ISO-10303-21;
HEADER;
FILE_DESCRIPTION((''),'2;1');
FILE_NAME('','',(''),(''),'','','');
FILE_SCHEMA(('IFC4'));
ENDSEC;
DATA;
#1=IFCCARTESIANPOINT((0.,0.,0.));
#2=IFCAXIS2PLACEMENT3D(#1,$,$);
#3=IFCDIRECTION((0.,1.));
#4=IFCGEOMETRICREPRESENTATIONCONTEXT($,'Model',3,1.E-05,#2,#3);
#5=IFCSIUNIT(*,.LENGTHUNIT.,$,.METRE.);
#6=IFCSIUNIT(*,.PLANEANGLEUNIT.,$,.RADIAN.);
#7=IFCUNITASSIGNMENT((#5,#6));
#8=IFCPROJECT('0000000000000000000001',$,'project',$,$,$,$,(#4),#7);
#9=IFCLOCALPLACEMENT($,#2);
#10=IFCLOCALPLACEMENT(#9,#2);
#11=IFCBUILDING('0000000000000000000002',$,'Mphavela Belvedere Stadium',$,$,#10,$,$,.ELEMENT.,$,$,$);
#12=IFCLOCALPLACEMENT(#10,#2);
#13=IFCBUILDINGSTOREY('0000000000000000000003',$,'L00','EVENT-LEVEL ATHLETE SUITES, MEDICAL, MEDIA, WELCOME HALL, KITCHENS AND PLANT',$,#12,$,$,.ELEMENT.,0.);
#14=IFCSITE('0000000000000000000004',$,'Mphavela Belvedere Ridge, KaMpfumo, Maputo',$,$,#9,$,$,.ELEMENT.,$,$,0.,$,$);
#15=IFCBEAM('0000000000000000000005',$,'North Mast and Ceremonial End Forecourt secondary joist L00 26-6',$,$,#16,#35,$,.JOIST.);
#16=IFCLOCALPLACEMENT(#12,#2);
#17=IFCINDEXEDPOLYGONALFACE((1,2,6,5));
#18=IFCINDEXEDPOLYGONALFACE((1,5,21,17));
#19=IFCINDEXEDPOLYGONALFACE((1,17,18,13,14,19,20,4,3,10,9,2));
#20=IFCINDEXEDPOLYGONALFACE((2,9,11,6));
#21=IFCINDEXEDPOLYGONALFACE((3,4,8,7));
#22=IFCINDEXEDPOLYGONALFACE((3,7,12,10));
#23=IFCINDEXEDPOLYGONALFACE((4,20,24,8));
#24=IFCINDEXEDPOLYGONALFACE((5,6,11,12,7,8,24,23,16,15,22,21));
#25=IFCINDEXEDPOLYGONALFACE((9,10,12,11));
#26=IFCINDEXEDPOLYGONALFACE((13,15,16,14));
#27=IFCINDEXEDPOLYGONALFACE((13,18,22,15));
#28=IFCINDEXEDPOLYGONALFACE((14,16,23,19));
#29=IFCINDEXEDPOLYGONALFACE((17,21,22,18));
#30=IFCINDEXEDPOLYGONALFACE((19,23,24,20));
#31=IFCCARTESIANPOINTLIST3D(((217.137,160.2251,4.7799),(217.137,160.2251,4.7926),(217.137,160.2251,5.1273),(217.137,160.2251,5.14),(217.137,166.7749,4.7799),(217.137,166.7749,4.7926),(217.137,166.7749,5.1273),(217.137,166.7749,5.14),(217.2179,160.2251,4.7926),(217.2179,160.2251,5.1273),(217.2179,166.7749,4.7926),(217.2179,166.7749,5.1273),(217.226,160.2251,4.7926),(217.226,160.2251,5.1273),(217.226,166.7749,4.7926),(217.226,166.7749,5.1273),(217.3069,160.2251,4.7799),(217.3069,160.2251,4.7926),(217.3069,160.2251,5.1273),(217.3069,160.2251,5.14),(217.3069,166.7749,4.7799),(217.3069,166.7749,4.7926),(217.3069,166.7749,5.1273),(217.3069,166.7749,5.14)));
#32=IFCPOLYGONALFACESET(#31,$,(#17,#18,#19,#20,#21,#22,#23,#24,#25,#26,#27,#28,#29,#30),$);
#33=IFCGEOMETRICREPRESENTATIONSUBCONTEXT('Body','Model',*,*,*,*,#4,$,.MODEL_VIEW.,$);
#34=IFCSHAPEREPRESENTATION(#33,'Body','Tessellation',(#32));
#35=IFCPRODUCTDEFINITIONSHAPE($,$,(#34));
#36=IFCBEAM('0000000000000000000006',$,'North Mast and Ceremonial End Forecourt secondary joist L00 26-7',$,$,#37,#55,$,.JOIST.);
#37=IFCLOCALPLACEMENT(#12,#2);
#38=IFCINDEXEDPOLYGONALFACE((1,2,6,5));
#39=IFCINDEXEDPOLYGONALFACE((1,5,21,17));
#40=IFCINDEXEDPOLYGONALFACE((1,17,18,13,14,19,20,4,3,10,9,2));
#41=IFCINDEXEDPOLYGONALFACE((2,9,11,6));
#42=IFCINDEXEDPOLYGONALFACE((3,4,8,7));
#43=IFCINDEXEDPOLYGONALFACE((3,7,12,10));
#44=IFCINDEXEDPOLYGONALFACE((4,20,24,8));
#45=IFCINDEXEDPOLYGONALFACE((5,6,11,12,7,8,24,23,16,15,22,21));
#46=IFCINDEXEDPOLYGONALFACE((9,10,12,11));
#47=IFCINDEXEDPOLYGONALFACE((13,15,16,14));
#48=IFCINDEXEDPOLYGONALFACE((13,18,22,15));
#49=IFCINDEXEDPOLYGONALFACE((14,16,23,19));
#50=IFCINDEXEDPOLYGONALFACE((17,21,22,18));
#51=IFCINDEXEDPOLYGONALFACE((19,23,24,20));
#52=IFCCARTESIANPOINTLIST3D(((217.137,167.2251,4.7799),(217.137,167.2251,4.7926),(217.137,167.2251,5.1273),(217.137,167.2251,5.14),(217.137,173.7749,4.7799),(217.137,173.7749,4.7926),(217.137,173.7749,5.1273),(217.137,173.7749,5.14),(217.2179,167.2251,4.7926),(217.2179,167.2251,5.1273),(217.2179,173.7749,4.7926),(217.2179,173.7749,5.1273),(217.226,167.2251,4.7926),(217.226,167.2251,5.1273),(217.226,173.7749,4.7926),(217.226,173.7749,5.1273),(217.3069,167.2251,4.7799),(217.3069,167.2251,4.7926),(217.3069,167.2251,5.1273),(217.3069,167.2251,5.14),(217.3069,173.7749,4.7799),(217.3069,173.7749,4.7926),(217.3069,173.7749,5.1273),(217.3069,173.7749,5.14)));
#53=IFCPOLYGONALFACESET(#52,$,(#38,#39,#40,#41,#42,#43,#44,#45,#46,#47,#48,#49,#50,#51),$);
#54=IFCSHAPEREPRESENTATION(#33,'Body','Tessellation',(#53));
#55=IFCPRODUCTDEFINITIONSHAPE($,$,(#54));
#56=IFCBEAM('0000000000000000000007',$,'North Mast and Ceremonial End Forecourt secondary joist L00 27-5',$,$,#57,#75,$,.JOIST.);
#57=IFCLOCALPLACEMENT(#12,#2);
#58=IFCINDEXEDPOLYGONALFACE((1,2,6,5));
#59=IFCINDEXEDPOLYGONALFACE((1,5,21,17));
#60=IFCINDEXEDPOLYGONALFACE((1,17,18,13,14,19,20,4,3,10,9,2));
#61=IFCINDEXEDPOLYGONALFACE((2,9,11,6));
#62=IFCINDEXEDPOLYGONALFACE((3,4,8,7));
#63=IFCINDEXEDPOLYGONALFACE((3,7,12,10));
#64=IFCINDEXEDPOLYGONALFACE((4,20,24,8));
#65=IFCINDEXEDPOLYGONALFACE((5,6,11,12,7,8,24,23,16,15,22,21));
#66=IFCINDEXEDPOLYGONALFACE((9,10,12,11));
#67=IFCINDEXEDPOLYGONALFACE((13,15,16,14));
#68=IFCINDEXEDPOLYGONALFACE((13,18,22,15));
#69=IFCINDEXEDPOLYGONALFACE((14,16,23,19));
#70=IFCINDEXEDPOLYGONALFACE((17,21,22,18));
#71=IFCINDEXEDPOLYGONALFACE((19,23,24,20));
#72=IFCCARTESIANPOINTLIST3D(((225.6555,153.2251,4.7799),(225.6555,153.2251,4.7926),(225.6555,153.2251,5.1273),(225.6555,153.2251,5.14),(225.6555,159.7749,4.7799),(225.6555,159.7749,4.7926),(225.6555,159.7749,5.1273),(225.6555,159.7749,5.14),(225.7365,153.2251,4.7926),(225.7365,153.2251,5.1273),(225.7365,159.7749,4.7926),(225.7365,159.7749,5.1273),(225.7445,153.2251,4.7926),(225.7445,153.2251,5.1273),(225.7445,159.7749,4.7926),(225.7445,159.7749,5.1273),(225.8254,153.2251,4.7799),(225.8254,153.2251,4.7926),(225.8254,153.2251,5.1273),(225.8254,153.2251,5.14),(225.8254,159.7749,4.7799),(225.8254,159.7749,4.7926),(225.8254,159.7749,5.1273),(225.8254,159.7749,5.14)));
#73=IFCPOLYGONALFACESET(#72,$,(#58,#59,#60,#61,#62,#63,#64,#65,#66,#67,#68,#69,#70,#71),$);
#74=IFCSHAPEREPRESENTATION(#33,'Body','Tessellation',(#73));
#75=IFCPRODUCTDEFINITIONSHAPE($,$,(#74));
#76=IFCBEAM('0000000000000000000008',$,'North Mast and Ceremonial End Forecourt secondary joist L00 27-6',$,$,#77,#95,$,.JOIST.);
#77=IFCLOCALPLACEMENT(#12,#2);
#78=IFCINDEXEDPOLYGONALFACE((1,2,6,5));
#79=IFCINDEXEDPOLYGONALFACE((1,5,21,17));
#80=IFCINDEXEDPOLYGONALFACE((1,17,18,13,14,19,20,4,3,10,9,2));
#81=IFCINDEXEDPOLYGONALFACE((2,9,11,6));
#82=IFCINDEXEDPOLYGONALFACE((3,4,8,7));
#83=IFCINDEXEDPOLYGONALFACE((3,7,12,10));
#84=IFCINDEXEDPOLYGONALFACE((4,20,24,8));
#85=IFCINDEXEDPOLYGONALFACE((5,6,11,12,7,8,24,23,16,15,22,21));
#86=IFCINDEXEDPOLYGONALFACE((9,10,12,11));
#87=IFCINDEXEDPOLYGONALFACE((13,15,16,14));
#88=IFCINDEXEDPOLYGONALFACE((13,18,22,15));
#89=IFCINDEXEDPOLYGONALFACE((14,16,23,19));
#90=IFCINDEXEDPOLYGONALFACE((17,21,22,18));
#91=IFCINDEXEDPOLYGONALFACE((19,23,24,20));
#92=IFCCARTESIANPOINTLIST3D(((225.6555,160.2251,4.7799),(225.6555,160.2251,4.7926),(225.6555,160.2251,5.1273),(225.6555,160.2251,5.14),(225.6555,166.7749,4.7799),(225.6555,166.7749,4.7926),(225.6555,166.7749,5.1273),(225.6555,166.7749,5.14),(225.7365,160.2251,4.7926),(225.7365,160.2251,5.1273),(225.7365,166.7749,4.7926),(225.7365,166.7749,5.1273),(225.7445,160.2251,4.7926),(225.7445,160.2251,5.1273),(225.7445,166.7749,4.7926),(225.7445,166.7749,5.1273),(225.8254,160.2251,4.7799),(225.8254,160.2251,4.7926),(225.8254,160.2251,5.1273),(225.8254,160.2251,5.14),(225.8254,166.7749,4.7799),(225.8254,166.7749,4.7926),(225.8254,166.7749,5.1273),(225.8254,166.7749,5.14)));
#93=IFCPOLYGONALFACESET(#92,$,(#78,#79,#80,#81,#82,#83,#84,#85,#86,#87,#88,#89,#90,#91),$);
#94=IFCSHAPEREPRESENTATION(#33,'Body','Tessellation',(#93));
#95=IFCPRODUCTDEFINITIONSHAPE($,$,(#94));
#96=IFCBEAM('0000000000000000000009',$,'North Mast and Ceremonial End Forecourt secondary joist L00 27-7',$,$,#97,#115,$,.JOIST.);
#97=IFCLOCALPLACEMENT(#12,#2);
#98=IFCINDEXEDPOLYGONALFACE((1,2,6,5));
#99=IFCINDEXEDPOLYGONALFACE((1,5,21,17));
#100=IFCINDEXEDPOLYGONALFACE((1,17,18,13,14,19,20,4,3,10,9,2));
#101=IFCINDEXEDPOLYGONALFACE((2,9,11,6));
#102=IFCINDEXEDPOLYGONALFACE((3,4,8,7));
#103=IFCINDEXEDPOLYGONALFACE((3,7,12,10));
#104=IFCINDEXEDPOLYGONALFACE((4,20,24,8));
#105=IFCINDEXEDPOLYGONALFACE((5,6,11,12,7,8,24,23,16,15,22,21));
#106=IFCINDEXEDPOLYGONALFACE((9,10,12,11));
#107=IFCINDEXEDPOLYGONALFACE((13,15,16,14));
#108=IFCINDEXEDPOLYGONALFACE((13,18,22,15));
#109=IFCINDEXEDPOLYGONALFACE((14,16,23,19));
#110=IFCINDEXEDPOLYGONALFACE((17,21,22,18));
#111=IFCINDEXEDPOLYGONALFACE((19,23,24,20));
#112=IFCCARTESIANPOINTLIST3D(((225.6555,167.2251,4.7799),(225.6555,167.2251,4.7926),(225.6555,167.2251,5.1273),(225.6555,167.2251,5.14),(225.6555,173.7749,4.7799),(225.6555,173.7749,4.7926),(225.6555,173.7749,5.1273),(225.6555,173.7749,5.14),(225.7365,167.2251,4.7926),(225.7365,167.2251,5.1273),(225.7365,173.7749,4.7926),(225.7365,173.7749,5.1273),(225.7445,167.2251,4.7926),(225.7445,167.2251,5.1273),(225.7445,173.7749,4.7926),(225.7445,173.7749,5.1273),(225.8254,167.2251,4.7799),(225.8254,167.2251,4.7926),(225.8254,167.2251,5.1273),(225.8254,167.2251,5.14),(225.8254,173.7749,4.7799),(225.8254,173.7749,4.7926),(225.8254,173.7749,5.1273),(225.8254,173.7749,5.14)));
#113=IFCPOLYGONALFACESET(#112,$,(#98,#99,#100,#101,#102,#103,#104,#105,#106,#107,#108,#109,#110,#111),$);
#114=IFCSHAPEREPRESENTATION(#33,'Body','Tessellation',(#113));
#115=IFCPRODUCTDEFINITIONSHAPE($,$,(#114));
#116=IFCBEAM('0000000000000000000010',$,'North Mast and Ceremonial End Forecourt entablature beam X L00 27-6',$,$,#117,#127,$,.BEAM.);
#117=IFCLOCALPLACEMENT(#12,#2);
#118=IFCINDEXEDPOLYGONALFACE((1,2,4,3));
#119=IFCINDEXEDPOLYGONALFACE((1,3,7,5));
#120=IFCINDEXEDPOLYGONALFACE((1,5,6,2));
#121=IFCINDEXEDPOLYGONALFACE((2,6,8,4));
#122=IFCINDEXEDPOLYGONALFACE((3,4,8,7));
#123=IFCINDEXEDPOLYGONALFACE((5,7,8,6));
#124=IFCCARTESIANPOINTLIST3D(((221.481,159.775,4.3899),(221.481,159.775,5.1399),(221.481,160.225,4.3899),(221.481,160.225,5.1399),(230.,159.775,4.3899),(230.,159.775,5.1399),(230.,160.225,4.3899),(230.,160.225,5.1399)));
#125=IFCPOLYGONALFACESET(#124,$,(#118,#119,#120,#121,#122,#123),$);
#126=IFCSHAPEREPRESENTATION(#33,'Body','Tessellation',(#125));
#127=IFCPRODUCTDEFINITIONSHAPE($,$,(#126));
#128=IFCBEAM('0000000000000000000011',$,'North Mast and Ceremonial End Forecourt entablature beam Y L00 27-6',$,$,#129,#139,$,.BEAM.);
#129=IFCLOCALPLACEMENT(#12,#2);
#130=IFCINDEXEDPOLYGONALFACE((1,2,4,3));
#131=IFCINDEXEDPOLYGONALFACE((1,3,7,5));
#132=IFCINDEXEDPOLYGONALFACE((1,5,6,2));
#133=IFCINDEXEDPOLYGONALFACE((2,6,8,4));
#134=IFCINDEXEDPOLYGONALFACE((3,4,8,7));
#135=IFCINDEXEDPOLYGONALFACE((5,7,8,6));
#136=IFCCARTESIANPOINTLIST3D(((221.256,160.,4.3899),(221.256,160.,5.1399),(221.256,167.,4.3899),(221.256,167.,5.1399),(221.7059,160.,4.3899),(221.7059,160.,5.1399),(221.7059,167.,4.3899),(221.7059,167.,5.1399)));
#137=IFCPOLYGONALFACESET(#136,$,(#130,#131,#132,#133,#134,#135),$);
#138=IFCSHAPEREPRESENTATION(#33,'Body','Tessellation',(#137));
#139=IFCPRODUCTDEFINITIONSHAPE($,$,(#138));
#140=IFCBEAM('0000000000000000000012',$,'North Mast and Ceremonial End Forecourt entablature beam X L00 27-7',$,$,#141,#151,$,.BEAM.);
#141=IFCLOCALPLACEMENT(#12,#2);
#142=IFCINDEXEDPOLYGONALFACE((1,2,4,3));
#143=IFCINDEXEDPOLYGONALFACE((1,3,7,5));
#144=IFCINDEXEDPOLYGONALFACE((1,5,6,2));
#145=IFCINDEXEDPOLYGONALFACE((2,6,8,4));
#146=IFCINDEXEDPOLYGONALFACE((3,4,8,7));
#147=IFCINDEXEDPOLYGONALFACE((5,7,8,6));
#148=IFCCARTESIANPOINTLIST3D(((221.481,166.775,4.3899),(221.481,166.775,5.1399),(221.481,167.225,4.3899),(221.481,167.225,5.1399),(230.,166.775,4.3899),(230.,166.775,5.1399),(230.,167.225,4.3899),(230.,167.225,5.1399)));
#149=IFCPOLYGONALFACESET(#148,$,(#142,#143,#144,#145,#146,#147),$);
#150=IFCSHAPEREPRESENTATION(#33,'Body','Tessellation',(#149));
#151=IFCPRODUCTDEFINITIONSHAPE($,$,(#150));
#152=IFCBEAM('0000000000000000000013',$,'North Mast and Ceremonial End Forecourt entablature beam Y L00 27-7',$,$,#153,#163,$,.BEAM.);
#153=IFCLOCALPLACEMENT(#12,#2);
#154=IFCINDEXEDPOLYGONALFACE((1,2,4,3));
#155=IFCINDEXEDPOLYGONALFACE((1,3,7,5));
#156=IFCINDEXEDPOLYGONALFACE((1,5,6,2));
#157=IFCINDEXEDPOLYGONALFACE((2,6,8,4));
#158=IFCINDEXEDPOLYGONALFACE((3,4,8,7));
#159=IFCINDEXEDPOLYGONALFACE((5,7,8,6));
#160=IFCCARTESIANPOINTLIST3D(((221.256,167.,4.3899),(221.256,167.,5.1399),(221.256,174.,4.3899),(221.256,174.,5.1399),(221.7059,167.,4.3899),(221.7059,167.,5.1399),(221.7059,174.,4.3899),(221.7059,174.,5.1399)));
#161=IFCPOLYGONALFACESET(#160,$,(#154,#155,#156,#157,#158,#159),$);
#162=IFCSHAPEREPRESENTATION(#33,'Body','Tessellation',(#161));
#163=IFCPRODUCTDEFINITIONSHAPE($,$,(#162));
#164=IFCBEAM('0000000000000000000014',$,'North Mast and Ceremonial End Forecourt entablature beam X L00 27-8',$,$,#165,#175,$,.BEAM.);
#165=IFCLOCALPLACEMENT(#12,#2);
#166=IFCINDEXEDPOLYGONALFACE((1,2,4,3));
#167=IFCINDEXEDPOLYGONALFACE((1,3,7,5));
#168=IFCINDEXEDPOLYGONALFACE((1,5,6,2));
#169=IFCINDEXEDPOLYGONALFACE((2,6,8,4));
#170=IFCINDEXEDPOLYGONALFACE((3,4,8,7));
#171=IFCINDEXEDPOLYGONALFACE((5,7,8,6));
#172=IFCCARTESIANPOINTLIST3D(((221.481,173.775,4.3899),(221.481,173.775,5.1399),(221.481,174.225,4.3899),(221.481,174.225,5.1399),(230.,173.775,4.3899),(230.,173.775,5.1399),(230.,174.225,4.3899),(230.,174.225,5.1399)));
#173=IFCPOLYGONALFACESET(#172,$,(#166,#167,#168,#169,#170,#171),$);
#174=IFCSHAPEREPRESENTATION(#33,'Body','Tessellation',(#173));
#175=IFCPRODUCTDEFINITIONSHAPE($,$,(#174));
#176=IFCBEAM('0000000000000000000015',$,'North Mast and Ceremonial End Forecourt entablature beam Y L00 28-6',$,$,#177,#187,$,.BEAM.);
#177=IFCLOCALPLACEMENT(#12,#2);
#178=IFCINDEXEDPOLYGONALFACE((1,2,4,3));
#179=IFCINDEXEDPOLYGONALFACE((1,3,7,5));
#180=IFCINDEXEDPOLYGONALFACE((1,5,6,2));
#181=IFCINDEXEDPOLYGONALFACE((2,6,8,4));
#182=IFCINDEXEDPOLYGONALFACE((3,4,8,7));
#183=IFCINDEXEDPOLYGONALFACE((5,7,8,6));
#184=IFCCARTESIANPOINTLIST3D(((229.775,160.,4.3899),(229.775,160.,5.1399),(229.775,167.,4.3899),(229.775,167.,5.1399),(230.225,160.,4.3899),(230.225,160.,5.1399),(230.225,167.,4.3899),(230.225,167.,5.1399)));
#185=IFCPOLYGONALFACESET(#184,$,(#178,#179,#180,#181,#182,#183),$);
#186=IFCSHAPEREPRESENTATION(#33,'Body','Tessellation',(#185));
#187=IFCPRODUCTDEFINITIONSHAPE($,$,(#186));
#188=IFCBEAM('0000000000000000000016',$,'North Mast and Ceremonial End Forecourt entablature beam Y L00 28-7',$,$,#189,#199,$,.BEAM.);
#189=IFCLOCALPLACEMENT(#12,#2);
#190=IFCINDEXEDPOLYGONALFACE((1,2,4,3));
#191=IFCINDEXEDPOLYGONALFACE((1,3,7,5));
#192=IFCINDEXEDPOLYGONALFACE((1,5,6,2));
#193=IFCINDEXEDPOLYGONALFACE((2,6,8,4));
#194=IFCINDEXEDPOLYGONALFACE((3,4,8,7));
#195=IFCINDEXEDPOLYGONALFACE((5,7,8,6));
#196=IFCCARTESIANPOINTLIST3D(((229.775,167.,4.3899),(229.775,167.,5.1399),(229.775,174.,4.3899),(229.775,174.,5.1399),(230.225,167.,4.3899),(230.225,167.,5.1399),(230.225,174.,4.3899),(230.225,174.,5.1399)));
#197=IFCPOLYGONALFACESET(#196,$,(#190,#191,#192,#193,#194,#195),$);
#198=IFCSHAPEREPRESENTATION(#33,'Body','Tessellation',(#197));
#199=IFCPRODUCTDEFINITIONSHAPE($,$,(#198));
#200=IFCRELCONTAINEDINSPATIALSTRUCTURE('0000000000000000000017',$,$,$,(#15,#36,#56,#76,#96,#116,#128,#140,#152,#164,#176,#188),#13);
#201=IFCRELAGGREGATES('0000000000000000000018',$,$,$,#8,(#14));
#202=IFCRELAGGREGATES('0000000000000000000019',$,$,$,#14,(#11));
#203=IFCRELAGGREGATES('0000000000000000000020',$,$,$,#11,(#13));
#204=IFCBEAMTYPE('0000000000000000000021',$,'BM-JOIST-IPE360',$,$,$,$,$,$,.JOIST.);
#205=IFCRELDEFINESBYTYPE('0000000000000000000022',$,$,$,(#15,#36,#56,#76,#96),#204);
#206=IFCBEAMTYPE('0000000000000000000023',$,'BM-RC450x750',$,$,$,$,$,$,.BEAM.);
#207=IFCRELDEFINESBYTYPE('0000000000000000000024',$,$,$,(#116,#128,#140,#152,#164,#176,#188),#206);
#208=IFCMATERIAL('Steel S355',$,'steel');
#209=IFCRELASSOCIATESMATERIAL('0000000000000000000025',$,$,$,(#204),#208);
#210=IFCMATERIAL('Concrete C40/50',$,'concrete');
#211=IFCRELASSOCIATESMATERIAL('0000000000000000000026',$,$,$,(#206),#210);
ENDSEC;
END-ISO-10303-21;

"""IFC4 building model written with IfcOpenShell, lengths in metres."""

from ifc_helpers import new_model, si_unit, direction, frame, origin, origin_2d, place, context, subcontext, project, spatial, rectangle, i_section, extrude, material, material_profile, profile_set, type_object, element, save


model = new_model("IFC4")

# Units and contexts
model_context = context("Model", 3, precision=1e-05, world=origin(), true_north=direction((0.0, 1.0)))
body_context = subcontext(model_context, "Body", "Model", "MODEL_VIEW")
ifc_project = project(units=[si_unit("LENGTHUNIT", "METRE"), si_unit("PLANEANGLEUNIT", "RADIAN")], contexts=[model_context])

# Site, building, storey
site_placement = place(None, origin())
site = spatial("IfcSite", under=ifc_project, at=site_placement, Name="Mphavela Belvedere Ridge, KaMpfumo, Maputo", CompositionType="ELEMENT", RefElevation=0.0)
building_placement = place(site_placement, origin())
building = spatial("IfcBuilding", under=site, at=building_placement, Name="Mphavela Belvedere Stadium", CompositionType="ELEMENT")
storey_placement = place(building_placement, origin())
storey = spatial("IfcBuildingStorey", under=building, at=storey_placement, Name="L00", Description="EVENT-LEVEL ATHLETE SUITES, MEDICAL, MEDIA, WELCOME HALL, KITCHENS AND PLANT", CompositionType="ELEMENT", Elevation=0.0)

# Beams
ifc_material_1 = material(Name="Steel S355", Category="steel")
ifc_material_profile_1 = material_profile(ifc_material_1, i_section(OverallWidth=0.1699, OverallDepth=0.3601, WebThickness=0.0081, FlangeThickness=0.0127, at=origin_2d()), Name="IPE 360")
ifc_profile_set_1 = profile_set([ifc_material_profile_1], Name="Steel S355")
beam_type_1 = type_object("IfcBeamType", Name="BM-JOIST-IPE360", PredefinedType="JOIST", material=ifc_profile_set_1)
for number, where, z_axis, x_axis, name in (
    (1, (217.2219, 160.2251, 4.96), (0.0, 1.0, 0.0), (-1.0, 0.0, 0.0), "North Mast and Ceremonial End Forecourt secondary joist L00 26-6"),
    (2, (217.2219, 167.2251, 4.96), (0.0, 1.0, 0.0), (-1.0, 0.0, 0.0), "North Mast and Ceremonial End Forecourt secondary joist L00 26-7"),
    (3, (225.7405, 153.2251, 4.96), (0.0, 1.0, 0.0), (-1.0, 0.0, 0.0), "North Mast and Ceremonial End Forecourt secondary joist L00 27-5"),
    (4, (225.7405, 160.2251, 4.96), (0.0, 1.0, 0.0), (-1.0, 0.0, 0.0), "North Mast and Ceremonial End Forecourt secondary joist L00 27-6"),
    (5, (225.7405, 167.2251, 4.96), (0.0, 1.0, 0.0), (-1.0, 0.0, 0.0), "North Mast and Ceremonial End Forecourt secondary joist L00 27-7"),
):
    element("IfcBeam", number, at=place(storey_placement, frame(where, z_axis=z_axis, x_axis=x_axis)), inside=storey, type_object=beam_type_1, Name=name, PredefinedType="JOIST", context=body_context, shape_type="SweptSolid", body=[
        extrude(i_section(OverallWidth=0.1699, OverallDepth=0.3601, WebThickness=0.0081, FlangeThickness=0.0127, at=origin_2d()), origin(), (0.0, 0.0, 1.0), 6.5498),
    ])
ifc_material_2 = material(Name="Concrete C40/50", Category="concrete")
ifc_material_profile_2 = material_profile(ifc_material_2, rectangle(XDim=0.45, YDim=0.75, at=origin_2d()), Name="RC 450x750")
ifc_profile_set_2 = profile_set([ifc_material_profile_2], Name="Concrete C40/50")
beam_type_2 = type_object("IfcBeamType", Name="BM-RC450x750", PredefinedType="BEAM", material=ifc_profile_set_2)
beam_1_placement = place(storey_placement, frame((221.481, 160.0, 4.7649), z_axis=(1.0, 0.0, 0.0), x_axis=(0.0, 1.0, 0.0)))
element("IfcBeam", 6, at=beam_1_placement, inside=storey, type_object=beam_type_2, Name="North Mast and Ceremonial End Forecourt entablature beam X L00 27-6", PredefinedType="BEAM", context=body_context, shape_type="SweptSolid", body=[
    extrude(rectangle(XDim=0.45, YDim=0.75, at=origin_2d()), origin(), (0.0, 0.0, 1.0), 8.519),
])
beam_2_placement = place(storey_placement, frame((221.481, 160.0, 4.7649), z_axis=(0.0, 1.0, 0.0), x_axis=(-1.0, 0.0, 0.0)))
element("IfcBeam", 7, at=beam_2_placement, inside=storey, type_object=beam_type_2, Name="North Mast and Ceremonial End Forecourt entablature beam Y L00 27-6", PredefinedType="BEAM", context=body_context, shape_type="SweptSolid", body=[
    extrude(rectangle(XDim=0.45, YDim=0.75, at=origin_2d()), origin(), (0.0, 0.0, 1.0), 7.0),
])
beam_3_placement = place(storey_placement, frame((221.481, 167.0, 4.7649), z_axis=(1.0, 0.0, 0.0), x_axis=(0.0, 1.0, 0.0)))
element("IfcBeam", 8, at=beam_3_placement, inside=storey, type_object=beam_type_2, Name="North Mast and Ceremonial End Forecourt entablature beam X L00 27-7", PredefinedType="BEAM", context=body_context, shape_type="SweptSolid", body=[
    extrude(rectangle(XDim=0.45, YDim=0.75, at=origin_2d()), origin(), (0.0, 0.0, 1.0), 8.519),
])
beam_4_placement = place(storey_placement, frame((221.481, 167.0, 4.7649), z_axis=(0.0, 1.0, 0.0), x_axis=(-1.0, 0.0, 0.0)))
element("IfcBeam", 9, at=beam_4_placement, inside=storey, type_object=beam_type_2, Name="North Mast and Ceremonial End Forecourt entablature beam Y L00 27-7", PredefinedType="BEAM", context=body_context, shape_type="SweptSolid", body=[
    extrude(rectangle(XDim=0.45, YDim=0.75, at=origin_2d()), origin(), (0.0, 0.0, 1.0), 7.0),
])
beam_5_placement = place(storey_placement, frame((221.481, 174.0, 4.7649), z_axis=(1.0, 0.0, 0.0), x_axis=(0.0, 1.0, 0.0)))
element("IfcBeam", 10, at=beam_5_placement, inside=storey, type_object=beam_type_2, Name="North Mast and Ceremonial End Forecourt entablature beam X L00 27-8", PredefinedType="BEAM", context=body_context, shape_type="SweptSolid", body=[
    extrude(rectangle(XDim=0.45, YDim=0.75, at=origin_2d()), origin(), (0.0, 0.0, 1.0), 8.519),
])
for number, where, z_axis, x_axis, name in (
    (11, (230.0, 160.0, 4.7649), (0.0, 1.0, 0.0), (-1.0, 0.0, 0.0), "North Mast and Ceremonial End Forecourt entablature beam Y L00 28-6"),
    (12, (230.0, 167.0, 4.7649), (0.0, 1.0, 0.0), (-1.0, 0.0, 0.0), "North Mast and Ceremonial End Forecourt entablature beam Y L00 28-7"),
):
    element("IfcBeam", number, at=place(storey_placement, frame(where, z_axis=z_axis, x_axis=x_axis)), inside=storey, type_object=beam_type_2, Name=name, PredefinedType="BEAM", context=body_context, shape_type="SweptSolid", body=[
        extrude(rectangle(XDim=0.45, YDim=0.75, at=origin_2d()), origin(), (0.0, 0.0, 1.0), 7.0),
    ])

save(model, "model.ifc")
